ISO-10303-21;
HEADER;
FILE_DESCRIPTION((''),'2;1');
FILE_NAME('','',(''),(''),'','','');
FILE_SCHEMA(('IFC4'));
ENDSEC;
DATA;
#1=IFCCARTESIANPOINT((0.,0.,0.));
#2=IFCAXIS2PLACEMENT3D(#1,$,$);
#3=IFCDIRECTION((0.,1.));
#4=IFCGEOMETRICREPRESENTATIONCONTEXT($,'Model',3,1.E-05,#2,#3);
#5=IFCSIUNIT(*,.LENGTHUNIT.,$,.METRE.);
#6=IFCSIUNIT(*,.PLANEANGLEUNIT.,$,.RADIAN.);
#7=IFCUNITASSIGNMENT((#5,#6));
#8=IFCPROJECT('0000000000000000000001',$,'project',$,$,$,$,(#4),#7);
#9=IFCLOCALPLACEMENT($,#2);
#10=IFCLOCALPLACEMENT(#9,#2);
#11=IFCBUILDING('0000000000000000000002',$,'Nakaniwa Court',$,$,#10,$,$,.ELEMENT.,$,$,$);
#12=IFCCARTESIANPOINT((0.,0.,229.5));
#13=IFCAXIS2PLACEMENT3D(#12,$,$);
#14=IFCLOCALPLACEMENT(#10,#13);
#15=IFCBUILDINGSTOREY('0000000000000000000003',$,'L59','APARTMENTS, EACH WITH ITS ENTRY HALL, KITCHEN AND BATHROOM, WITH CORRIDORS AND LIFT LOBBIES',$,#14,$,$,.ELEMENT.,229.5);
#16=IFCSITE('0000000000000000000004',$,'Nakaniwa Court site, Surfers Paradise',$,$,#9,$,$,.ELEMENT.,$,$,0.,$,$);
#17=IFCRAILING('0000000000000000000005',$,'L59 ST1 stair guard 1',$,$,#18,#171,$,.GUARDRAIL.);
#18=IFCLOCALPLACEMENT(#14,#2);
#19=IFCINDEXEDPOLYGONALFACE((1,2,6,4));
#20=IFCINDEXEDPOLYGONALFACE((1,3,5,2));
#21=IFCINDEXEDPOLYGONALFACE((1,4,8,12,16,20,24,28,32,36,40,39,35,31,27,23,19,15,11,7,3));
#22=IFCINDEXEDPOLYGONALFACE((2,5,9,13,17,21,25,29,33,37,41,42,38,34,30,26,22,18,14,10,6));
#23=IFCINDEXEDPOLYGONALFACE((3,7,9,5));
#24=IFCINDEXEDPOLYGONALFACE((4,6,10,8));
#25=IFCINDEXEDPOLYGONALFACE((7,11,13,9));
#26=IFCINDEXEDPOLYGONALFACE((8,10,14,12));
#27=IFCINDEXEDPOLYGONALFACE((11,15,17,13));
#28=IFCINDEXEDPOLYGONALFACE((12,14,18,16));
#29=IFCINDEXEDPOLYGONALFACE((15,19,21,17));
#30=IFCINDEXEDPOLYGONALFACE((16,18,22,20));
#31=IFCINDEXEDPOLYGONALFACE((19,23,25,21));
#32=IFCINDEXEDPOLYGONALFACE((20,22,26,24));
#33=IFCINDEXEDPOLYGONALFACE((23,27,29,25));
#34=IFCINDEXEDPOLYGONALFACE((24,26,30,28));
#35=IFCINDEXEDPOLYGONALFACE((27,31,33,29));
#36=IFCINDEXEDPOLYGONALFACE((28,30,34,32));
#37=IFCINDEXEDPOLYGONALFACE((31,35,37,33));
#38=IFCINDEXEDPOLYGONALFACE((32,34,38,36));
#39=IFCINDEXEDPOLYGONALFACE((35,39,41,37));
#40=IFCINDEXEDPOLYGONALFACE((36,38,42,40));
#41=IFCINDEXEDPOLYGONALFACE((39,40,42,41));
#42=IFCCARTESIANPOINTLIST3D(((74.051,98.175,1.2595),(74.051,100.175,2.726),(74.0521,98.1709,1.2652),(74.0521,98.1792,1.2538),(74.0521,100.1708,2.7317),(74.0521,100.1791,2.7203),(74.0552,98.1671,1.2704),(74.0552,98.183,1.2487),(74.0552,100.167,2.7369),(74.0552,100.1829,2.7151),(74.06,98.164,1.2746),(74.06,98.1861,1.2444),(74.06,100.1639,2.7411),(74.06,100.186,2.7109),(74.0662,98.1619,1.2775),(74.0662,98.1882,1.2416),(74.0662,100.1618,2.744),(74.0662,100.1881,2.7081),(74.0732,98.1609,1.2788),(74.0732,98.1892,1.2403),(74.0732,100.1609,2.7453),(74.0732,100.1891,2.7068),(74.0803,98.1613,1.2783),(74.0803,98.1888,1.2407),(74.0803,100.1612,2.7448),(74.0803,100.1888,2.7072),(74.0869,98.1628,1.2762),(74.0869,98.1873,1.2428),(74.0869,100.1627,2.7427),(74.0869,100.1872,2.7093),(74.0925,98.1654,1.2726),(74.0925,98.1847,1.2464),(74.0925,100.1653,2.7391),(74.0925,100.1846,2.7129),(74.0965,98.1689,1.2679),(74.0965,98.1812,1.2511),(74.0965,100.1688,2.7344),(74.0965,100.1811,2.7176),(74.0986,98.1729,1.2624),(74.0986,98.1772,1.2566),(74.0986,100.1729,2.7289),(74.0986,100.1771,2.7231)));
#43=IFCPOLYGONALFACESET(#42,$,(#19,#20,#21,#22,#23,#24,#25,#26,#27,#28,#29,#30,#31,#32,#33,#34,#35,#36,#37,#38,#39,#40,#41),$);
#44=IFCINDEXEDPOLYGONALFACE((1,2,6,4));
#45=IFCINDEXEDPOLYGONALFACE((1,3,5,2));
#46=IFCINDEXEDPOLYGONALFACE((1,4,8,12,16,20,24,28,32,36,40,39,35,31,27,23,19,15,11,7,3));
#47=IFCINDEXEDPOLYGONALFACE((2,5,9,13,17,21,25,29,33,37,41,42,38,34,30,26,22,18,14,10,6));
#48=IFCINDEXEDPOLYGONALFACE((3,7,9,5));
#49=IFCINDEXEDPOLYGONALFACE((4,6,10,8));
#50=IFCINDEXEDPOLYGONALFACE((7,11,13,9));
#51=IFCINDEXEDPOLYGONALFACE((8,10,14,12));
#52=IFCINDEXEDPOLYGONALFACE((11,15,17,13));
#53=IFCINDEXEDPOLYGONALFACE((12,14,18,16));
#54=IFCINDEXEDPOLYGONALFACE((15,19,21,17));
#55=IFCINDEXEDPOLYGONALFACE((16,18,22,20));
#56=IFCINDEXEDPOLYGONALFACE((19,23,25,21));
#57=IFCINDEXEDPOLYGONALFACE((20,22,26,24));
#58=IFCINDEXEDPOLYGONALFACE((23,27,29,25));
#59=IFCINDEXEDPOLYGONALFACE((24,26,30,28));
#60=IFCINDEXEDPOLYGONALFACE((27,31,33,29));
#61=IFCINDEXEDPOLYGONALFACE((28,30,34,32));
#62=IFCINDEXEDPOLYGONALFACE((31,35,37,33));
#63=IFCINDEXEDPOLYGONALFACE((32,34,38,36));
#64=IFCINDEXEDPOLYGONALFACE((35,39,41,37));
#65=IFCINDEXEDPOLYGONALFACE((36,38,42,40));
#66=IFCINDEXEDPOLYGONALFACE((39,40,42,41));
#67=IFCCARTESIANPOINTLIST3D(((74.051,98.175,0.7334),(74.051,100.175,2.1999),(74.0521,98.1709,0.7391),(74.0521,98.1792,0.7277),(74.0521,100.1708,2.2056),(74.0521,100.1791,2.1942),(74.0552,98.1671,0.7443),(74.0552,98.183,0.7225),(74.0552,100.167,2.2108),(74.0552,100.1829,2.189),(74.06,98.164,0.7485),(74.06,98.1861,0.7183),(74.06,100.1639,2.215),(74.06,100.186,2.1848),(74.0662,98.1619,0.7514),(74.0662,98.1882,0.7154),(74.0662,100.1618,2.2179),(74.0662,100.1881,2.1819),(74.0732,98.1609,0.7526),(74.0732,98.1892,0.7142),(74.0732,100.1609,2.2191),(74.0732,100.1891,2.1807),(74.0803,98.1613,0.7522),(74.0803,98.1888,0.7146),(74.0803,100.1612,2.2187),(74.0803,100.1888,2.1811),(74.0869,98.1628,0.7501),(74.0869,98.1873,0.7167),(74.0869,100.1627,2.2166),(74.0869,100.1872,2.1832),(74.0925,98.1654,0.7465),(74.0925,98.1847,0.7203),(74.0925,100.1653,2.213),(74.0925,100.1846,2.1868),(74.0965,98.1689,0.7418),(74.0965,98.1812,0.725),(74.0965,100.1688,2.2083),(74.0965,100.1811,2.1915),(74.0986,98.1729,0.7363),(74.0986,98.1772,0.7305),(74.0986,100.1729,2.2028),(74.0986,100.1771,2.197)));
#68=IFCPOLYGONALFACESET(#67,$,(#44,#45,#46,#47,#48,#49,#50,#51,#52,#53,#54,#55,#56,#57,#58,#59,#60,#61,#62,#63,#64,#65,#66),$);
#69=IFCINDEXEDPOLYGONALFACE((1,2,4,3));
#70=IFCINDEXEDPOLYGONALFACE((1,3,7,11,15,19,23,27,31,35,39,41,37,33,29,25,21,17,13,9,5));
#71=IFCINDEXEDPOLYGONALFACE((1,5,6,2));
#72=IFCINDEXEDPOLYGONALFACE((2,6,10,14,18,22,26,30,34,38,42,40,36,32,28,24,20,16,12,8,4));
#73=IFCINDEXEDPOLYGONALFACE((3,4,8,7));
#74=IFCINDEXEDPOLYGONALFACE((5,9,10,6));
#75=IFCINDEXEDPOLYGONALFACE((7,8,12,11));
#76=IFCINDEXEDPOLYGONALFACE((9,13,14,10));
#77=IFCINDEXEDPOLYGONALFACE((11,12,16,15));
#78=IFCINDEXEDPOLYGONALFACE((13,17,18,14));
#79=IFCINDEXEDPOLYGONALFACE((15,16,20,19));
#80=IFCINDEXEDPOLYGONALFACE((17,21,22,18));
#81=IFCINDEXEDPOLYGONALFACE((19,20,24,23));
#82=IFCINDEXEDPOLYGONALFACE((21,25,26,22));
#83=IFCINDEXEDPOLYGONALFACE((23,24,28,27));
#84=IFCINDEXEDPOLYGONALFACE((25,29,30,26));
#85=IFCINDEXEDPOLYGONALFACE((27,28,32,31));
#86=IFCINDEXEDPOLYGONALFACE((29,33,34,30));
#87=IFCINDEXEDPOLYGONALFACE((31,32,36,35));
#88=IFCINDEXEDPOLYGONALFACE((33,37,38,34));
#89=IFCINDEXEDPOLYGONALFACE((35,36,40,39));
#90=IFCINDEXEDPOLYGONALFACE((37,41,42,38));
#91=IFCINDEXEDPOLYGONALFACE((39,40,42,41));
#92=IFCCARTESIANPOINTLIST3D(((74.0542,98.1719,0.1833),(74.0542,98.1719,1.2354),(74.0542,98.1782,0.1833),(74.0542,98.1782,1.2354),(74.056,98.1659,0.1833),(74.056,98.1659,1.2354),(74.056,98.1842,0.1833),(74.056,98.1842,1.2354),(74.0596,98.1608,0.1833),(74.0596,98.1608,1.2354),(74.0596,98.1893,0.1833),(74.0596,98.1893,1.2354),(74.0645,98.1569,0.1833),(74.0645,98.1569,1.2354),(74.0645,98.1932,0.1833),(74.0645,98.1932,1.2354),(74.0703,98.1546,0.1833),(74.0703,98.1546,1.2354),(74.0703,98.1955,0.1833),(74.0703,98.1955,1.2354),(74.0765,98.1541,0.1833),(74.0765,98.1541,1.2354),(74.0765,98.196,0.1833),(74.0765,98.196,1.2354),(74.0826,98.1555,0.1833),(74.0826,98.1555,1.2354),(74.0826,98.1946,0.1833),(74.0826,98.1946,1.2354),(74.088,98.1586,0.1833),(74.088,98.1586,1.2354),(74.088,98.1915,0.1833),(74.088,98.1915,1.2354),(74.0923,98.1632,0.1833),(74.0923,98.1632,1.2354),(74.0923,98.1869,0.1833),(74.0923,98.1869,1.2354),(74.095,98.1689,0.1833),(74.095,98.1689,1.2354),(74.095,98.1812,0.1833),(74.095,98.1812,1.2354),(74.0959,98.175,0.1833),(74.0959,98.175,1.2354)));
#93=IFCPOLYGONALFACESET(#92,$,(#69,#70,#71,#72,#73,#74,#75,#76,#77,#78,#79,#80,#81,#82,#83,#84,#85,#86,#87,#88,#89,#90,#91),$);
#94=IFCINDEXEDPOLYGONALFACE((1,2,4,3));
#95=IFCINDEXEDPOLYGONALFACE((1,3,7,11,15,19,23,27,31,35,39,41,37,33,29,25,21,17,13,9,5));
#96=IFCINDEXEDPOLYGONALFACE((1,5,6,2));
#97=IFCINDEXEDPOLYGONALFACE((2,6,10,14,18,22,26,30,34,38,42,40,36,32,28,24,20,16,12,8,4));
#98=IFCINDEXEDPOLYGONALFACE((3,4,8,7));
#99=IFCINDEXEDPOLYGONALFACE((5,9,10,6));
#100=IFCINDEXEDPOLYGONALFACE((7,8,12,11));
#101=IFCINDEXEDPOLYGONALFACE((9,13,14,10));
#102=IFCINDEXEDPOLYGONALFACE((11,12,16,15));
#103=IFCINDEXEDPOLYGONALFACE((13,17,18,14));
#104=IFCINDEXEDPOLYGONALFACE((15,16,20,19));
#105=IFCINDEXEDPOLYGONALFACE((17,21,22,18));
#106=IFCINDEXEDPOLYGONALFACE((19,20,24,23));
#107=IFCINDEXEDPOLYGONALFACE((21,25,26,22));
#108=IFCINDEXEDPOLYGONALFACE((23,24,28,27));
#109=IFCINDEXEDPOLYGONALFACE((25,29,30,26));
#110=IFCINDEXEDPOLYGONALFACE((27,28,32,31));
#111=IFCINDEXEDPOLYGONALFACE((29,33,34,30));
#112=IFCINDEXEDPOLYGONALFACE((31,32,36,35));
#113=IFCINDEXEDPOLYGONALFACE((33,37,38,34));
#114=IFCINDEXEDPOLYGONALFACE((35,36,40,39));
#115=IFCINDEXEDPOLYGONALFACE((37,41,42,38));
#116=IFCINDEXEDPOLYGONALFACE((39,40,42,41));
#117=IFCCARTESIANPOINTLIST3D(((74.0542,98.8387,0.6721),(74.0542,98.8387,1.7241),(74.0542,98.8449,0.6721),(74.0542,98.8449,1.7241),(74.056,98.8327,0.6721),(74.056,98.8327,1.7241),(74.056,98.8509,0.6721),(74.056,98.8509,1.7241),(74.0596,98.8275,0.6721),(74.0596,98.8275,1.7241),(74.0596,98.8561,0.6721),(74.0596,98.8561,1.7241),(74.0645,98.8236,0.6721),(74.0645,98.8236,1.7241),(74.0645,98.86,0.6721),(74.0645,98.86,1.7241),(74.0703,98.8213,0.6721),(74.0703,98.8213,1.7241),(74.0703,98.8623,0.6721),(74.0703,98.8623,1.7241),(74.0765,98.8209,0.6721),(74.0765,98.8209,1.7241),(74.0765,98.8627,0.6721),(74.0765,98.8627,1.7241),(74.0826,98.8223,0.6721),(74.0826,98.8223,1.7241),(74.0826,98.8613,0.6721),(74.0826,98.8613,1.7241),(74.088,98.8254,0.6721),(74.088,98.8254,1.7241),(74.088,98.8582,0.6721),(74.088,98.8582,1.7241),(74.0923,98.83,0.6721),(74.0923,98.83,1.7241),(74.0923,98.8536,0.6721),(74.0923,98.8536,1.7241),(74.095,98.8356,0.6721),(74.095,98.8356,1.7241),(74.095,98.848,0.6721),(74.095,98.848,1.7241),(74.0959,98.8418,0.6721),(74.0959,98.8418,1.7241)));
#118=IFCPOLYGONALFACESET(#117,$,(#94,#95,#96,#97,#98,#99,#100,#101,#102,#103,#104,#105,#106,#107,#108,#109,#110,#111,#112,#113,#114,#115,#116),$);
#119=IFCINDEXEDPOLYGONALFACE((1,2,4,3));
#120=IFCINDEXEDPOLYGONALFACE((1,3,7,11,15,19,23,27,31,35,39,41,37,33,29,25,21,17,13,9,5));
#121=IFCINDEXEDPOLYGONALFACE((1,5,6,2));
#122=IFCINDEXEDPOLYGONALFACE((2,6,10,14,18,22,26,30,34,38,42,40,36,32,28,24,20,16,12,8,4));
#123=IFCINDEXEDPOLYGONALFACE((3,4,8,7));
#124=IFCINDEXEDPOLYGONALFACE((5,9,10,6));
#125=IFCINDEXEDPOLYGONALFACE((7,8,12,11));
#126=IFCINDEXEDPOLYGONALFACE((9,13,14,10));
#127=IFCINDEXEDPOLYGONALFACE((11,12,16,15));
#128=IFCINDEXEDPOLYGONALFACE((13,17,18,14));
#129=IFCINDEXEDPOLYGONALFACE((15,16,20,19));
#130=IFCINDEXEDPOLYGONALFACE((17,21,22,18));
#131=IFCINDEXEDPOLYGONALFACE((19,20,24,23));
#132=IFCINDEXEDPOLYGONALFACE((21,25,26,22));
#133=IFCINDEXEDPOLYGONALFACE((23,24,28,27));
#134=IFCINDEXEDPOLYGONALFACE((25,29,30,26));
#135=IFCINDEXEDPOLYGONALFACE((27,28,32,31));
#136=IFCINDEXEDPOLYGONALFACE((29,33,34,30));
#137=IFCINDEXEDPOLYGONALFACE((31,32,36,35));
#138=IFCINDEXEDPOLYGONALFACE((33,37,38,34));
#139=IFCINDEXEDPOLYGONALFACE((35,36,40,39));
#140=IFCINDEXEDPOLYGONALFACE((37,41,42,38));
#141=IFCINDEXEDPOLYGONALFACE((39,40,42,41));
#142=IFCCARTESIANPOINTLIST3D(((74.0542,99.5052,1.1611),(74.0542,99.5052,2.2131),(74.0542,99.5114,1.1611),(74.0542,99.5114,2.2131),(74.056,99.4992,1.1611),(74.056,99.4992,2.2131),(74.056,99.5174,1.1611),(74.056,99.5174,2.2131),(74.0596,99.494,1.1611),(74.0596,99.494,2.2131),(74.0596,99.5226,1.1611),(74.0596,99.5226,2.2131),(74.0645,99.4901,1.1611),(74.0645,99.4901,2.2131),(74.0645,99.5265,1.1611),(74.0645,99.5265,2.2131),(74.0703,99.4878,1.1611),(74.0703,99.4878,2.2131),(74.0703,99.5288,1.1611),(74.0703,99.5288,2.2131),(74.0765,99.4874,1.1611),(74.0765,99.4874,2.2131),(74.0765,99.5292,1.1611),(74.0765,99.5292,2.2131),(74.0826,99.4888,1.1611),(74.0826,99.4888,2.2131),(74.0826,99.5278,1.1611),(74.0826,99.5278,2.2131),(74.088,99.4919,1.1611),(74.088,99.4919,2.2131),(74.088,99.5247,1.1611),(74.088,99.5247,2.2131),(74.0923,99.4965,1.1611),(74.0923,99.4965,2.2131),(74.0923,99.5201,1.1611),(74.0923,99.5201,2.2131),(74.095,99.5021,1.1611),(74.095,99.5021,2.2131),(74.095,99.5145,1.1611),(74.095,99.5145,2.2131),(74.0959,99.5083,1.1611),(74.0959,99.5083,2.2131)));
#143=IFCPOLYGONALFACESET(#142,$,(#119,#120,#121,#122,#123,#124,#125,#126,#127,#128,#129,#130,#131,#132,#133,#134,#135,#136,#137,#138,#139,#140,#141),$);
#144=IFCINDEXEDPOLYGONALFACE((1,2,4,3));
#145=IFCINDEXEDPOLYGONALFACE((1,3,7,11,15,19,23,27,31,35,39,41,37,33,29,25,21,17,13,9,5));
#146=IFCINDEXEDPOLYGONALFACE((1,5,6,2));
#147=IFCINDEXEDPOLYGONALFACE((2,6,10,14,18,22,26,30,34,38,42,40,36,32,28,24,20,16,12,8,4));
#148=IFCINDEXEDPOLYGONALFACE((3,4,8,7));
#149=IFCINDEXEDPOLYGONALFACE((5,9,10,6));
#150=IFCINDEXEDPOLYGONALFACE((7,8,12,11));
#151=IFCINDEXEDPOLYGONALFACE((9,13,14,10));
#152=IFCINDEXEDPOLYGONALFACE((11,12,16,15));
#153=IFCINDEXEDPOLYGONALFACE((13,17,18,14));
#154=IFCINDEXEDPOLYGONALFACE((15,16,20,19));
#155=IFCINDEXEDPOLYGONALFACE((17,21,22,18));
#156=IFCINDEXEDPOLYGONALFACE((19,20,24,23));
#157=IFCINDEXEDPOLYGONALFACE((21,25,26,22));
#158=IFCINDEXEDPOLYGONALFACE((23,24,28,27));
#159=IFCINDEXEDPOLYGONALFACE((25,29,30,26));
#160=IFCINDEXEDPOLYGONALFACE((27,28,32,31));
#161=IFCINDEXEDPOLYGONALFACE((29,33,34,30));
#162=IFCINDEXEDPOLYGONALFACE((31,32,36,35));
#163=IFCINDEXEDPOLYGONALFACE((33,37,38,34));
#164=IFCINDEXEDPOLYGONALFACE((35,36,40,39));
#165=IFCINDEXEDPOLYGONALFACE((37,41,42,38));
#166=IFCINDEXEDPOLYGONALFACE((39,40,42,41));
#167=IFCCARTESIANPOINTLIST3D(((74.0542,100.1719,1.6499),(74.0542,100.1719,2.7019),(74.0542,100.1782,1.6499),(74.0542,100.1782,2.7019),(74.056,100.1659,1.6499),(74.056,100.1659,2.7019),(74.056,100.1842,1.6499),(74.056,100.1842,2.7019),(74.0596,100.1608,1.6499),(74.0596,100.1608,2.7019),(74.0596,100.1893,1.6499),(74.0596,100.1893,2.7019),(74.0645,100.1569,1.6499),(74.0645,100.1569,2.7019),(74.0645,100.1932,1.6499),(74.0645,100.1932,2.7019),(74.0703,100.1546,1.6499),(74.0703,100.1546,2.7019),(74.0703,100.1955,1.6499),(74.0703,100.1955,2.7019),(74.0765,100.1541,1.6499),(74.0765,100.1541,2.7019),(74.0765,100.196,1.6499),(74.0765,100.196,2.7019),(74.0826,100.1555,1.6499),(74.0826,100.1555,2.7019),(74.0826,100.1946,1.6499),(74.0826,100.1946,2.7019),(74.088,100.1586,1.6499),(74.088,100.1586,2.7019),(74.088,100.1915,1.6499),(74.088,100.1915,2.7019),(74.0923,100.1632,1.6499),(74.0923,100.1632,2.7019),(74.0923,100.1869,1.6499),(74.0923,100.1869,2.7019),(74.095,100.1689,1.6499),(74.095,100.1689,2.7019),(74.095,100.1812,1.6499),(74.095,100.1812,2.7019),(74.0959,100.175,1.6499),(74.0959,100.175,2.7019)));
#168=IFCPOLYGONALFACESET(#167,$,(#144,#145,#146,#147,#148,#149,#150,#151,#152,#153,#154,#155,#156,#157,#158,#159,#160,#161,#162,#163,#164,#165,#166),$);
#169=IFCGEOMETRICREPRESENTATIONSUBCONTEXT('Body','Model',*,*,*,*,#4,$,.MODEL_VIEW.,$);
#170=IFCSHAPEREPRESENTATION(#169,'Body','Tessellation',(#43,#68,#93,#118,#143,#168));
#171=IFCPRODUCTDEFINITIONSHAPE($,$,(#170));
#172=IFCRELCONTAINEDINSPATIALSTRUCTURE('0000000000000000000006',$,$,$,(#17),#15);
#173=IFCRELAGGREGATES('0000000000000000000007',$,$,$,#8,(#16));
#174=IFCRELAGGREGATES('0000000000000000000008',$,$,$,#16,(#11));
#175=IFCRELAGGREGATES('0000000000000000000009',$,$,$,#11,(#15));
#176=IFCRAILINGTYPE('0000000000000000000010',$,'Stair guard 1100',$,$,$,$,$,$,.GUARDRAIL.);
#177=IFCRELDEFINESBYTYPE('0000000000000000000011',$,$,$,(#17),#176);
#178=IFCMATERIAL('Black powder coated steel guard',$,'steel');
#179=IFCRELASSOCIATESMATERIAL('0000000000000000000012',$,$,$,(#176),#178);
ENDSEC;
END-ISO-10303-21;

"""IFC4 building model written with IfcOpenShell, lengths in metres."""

from ifc_helpers import new_model, si_unit, direction, frame, origin, origin_2d, place, context, subcontext, project, spatial, circle, extrude, material, type_object, element, save


model = new_model("IFC4")

# Units and contexts
model_context = context("Model", 3, precision=1e-05, world=origin(), true_north=direction((0.0, 1.0)))
body_context = subcontext(model_context, "Body", "Model", "MODEL_VIEW")
ifc_project = project(units=[si_unit("LENGTHUNIT", "METRE"), si_unit("PLANEANGLEUNIT", "RADIAN")], contexts=[model_context])

# Site, building, storey
site_placement = place(None, origin())
site = spatial("IfcSite", under=ifc_project, at=site_placement, Name="Nakaniwa Court site, Surfers Paradise", CompositionType="ELEMENT", RefElevation=0.0)
building_placement = place(site_placement, origin())
building = spatial("IfcBuilding", under=site, at=building_placement, Name="Nakaniwa Court", CompositionType="ELEMENT")
storey_placement = place(building_placement, frame((0.0, 0.0, 229.5)))
storey = spatial("IfcBuildingStorey", under=building, at=storey_placement, Name="L59", Description="APARTMENTS, EACH WITH ITS ENTRY HALL, KITCHEN AND BATHROOM, WITH CORRIDORS AND LIFT LOBBIES", CompositionType="ELEMENT", Elevation=229.5)

# Railing
ifc_material_1 = material(Name="Black powder coated steel guard", Category="steel")
railing_type_1 = type_object("IfcRailingType", Name="Stair guard 1100", PredefinedType="GUARDRAIL", material=ifc_material_1)
railing_1_placement = place(storey_placement, frame((74.075, 98.175, 0.1833)))
element("IfcRailing", 1, at=railing_1_placement, inside=storey, type_object=railing_type_1, Name="L59 ST1 stair guard 1", PredefinedType="GUARDRAIL", context=body_context, shape_type="SweptSolid", body=[
    extrude(circle(Radius=0.0239, at=origin_2d()), frame((0.0, 0.0, 1.0762), z_axis=(0.0, 0.806427, 0.591334), x_axis=(-1.0, 0.0, 0.0)), (0.0, 0.0, 1.0), 2.48),
    extrude(circle(Radius=0.0239, at=origin_2d()), frame((0.0, 0.0, 0.55), z_axis=(0.0, 0.806427, 0.591334), x_axis=(-1.0, 0.0, 0.0)), (0.0, 0.0, 1.0), 2.48),
    extrude(circle(Radius=0.021, at=origin_2d()), origin(), (0.0, 0.0, 1.0), 1.052),
    extrude(circle(Radius=0.021, at=origin_2d()), frame((0.0, 0.6667, 0.4888)), (0.0, 0.0, 1.0), 1.052),
    extrude(circle(Radius=0.021, at=origin_2d()), frame((0.0, 1.3333, 0.9778)), (0.0, 0.0, 1.0), 1.052),
    extrude(circle(Radius=0.021, at=origin_2d()), frame((0.0, 2.0, 1.4666)), (0.0, 0.0, 1.0), 1.052),
])

save(model, "model.ifc")
